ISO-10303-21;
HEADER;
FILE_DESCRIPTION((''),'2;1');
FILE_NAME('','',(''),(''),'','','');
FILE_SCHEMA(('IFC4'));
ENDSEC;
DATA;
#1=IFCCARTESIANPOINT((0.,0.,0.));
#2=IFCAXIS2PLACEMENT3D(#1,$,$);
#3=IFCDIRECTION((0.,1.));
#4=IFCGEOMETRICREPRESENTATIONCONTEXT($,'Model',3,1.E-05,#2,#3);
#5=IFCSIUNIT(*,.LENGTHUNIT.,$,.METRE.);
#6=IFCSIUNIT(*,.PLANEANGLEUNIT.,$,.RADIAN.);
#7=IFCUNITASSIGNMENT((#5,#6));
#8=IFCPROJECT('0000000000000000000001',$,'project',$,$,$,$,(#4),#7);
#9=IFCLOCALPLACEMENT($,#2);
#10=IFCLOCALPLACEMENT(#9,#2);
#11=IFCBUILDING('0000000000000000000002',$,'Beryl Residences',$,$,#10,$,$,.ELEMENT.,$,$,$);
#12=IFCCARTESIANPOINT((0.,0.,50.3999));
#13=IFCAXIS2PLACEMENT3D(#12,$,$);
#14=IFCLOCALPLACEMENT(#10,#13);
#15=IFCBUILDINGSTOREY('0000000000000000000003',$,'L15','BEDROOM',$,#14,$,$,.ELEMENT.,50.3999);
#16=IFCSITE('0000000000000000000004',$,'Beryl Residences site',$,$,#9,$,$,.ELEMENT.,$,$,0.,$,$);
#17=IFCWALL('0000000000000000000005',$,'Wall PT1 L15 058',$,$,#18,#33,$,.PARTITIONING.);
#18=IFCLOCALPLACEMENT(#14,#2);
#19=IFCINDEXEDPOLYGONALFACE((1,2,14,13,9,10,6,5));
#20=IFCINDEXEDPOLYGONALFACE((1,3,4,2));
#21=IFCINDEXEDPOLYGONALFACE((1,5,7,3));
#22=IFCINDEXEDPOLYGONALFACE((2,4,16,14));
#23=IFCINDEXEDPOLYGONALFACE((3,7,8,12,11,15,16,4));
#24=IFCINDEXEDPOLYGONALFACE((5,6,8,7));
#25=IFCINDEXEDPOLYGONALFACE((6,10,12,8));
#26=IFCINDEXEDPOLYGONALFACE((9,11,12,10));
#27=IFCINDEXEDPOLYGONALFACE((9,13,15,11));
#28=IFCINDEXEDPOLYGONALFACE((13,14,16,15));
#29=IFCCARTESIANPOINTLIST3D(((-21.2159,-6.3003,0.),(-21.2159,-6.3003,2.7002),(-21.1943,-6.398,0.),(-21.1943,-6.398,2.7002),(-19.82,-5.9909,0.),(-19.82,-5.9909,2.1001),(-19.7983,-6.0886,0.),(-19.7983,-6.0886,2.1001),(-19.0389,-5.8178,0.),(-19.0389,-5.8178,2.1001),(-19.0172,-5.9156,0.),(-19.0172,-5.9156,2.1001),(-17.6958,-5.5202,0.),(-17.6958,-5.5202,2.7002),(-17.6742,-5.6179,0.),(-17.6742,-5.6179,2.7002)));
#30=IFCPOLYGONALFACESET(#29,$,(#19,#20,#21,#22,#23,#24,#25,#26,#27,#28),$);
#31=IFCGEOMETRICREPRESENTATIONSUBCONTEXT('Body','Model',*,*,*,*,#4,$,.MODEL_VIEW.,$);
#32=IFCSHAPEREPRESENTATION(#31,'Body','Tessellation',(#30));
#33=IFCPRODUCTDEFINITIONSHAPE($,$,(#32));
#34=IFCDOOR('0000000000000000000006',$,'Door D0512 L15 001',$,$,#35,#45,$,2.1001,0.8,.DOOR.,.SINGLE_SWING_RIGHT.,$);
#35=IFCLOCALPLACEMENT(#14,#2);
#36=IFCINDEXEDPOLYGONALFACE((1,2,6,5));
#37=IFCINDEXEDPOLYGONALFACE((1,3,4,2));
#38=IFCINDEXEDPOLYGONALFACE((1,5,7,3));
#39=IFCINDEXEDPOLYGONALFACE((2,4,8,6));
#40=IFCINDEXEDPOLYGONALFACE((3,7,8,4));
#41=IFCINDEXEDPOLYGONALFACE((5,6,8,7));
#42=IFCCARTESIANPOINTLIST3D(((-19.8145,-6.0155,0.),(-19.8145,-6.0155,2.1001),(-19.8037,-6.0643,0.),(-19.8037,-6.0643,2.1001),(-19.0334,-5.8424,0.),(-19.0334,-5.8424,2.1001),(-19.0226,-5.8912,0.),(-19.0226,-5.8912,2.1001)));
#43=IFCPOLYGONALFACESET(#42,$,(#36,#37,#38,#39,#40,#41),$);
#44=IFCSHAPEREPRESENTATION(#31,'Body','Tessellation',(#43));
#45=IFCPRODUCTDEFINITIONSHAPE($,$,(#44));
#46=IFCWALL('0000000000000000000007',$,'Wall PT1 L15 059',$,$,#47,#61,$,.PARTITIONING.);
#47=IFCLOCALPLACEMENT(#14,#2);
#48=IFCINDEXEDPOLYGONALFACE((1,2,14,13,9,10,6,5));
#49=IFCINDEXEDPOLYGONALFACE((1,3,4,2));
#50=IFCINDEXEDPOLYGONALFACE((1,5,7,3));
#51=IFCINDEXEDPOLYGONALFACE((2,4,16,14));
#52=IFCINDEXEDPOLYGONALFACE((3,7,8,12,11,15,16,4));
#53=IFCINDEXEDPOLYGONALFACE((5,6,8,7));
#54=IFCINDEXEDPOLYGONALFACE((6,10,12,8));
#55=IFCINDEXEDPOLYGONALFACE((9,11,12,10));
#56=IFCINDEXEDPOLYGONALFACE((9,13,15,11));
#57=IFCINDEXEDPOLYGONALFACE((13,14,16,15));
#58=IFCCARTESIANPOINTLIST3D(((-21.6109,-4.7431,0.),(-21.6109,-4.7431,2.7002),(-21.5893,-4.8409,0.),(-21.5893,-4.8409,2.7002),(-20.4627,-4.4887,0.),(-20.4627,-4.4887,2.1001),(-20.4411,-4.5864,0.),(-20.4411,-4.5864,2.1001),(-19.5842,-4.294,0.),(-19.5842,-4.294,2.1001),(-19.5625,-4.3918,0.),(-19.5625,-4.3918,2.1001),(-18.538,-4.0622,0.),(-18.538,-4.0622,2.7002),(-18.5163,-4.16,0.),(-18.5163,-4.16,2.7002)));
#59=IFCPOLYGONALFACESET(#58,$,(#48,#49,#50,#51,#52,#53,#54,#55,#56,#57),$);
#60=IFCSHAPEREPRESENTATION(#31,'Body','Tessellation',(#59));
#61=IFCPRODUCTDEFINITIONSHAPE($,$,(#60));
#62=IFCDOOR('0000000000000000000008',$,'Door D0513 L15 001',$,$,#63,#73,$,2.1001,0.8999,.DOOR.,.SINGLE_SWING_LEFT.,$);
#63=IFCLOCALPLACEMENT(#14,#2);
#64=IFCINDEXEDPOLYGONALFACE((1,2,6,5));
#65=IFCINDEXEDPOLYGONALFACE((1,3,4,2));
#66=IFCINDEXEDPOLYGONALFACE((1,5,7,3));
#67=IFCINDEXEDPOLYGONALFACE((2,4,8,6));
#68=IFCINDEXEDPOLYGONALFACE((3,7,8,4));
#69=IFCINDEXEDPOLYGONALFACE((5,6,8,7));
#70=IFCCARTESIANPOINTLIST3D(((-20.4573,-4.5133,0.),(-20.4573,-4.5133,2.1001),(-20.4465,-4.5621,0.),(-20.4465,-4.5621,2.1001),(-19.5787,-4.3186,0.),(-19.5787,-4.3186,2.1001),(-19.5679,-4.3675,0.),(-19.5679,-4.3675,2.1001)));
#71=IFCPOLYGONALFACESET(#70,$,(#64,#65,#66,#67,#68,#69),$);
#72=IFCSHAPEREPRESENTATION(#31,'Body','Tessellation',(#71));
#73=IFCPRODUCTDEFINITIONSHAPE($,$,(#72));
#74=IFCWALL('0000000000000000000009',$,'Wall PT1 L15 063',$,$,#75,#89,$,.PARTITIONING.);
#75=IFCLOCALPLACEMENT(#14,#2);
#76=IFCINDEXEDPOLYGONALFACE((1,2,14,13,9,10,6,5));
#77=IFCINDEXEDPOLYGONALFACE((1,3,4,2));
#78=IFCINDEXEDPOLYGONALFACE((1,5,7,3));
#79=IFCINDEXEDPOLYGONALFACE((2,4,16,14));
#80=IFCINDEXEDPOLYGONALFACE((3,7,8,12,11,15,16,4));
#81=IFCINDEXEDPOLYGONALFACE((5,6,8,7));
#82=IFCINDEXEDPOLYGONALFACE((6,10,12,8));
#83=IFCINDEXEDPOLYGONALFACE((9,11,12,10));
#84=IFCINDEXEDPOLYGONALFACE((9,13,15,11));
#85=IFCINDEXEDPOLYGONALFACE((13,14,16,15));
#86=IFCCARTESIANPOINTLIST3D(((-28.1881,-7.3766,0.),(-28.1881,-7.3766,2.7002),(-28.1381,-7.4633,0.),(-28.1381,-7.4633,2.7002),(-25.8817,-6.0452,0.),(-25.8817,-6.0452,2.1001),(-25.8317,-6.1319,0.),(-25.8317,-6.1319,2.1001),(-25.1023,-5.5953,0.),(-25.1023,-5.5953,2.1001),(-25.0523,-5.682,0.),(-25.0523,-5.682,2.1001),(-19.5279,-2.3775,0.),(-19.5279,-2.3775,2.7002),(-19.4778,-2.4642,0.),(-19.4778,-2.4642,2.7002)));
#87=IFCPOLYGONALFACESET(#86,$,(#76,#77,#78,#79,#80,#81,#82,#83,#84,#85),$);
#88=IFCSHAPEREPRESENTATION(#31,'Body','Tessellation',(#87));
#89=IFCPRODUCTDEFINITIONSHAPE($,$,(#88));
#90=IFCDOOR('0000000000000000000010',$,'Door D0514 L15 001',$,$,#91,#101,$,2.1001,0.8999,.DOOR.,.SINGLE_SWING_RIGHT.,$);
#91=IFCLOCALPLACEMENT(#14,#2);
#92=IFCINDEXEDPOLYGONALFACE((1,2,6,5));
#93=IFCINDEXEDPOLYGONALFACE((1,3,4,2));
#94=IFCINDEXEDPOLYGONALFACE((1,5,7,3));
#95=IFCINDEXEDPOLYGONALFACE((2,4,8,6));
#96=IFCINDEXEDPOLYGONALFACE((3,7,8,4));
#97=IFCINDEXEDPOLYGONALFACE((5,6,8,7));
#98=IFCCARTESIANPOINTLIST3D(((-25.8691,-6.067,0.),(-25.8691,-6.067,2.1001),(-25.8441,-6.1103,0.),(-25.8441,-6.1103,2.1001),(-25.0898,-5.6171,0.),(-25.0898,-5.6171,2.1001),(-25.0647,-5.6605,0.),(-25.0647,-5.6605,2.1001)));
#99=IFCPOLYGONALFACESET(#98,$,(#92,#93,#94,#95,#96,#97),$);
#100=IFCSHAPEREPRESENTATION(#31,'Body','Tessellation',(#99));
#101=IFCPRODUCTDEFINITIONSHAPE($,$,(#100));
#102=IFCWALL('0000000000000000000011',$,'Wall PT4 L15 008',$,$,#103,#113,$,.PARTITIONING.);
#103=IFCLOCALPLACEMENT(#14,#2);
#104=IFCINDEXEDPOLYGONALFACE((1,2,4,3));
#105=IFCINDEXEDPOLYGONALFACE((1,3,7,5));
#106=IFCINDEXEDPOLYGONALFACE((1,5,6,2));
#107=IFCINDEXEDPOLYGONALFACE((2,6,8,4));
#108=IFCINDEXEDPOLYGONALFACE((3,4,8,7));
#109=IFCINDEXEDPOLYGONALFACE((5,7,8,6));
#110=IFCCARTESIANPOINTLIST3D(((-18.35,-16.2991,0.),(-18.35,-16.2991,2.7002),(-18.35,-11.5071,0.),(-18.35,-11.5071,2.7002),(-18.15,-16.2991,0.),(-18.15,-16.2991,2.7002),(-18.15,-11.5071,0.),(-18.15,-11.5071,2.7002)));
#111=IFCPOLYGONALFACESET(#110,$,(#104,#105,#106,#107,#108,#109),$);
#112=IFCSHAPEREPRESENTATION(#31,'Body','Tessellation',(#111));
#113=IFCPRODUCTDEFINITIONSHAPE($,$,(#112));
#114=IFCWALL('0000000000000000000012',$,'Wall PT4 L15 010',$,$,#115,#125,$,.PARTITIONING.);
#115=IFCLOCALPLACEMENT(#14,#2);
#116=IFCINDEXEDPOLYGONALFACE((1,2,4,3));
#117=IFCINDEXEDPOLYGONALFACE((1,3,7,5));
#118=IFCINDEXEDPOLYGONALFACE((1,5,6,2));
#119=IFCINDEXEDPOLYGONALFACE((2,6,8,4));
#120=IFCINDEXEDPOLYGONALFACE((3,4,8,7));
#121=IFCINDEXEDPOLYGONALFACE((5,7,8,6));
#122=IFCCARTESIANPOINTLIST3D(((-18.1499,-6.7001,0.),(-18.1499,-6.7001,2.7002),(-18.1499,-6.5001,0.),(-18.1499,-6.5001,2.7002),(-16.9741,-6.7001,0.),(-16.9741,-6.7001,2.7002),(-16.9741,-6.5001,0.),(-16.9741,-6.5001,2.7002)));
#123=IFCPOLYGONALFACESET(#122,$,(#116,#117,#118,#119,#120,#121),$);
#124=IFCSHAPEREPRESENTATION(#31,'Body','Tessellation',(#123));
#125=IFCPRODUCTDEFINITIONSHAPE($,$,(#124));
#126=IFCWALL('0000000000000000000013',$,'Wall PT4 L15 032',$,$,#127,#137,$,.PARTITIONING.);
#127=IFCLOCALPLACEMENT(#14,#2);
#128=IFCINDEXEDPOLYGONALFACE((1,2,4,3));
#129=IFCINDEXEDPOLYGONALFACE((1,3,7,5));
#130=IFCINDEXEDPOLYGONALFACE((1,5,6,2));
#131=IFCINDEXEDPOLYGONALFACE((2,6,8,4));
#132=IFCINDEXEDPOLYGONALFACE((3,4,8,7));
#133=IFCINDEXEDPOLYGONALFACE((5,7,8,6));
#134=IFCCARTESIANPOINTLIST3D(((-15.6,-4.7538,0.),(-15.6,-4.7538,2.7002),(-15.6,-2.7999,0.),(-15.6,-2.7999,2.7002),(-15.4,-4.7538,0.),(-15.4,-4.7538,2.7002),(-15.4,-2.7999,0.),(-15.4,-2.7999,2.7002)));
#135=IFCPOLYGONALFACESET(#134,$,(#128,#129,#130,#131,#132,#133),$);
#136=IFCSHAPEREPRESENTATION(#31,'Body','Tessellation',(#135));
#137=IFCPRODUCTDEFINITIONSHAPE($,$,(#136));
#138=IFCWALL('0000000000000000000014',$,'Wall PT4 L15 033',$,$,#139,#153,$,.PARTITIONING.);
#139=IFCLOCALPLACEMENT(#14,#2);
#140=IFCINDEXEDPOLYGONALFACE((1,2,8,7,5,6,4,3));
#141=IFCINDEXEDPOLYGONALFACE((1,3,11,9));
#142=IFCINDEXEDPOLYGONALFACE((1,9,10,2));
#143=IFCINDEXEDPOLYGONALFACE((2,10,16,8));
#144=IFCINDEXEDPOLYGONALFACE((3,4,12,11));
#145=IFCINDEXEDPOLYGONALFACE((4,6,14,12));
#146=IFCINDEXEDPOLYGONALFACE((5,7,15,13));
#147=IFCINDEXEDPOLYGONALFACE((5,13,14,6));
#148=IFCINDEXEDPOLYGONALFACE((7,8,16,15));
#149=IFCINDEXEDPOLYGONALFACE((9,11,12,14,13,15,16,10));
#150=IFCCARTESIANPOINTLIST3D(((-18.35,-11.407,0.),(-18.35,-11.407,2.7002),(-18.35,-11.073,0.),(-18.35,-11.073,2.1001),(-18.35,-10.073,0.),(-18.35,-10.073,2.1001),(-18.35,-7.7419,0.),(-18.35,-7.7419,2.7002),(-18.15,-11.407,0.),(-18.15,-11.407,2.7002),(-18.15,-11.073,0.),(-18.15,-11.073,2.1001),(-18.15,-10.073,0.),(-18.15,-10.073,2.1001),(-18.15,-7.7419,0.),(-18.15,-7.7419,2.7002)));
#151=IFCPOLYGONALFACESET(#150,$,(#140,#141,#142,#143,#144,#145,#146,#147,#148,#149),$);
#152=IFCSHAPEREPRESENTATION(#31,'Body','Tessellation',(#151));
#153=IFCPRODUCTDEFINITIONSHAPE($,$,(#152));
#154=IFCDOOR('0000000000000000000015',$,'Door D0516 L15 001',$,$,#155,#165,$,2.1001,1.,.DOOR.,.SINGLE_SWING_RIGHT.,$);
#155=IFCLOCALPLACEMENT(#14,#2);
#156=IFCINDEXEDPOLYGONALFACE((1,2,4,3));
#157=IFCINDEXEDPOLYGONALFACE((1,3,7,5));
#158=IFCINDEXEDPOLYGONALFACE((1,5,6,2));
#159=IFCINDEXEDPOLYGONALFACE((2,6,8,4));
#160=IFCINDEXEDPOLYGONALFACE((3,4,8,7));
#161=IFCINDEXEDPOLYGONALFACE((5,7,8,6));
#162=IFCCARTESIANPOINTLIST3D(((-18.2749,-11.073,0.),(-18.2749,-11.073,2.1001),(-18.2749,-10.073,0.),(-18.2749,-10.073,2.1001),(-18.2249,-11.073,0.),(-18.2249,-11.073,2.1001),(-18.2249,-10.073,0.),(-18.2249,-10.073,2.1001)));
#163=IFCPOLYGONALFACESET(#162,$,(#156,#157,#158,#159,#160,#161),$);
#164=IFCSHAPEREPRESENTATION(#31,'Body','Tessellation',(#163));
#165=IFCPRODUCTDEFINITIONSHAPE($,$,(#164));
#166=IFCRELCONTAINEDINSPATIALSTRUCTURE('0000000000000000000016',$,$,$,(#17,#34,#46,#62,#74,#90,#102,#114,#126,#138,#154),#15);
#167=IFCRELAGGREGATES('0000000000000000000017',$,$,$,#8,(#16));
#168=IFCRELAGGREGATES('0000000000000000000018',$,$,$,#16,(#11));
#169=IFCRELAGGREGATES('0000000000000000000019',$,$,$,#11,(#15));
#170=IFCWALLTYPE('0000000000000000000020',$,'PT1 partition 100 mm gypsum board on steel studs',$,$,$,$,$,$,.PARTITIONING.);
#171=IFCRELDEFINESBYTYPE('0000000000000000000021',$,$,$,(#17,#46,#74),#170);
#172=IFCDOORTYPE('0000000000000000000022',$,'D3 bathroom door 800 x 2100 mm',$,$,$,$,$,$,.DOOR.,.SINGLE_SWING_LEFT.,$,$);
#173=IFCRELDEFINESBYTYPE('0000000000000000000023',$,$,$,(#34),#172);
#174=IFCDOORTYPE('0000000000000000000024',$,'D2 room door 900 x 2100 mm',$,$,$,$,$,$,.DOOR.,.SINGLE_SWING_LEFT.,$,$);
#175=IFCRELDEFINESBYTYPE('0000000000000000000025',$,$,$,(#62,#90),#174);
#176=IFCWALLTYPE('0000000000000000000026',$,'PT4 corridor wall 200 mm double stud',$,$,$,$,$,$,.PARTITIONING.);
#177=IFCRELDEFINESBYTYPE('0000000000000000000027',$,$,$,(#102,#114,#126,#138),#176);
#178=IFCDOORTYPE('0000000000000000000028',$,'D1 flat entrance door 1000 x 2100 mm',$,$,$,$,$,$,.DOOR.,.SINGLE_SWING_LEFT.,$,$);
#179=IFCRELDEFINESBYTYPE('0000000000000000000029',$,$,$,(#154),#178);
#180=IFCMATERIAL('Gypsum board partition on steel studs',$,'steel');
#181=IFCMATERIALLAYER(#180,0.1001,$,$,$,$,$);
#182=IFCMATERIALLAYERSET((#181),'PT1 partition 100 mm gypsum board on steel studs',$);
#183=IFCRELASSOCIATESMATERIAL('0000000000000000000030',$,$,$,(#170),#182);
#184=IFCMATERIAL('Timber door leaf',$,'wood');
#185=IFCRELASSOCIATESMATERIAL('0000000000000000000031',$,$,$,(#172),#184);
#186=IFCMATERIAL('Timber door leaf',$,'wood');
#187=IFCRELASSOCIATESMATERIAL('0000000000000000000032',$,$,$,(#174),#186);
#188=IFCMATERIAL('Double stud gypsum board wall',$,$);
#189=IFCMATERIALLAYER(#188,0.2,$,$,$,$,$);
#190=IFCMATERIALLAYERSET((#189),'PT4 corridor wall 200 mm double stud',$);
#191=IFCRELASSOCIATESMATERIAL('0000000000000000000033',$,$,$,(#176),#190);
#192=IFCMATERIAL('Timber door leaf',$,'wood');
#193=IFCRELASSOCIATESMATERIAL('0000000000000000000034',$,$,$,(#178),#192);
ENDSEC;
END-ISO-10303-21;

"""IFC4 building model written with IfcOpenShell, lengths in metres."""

from ifc_helpers import new_model, si_unit, direction, frame, frame_2d, origin, place, context, subcontext, project, spatial, rectangle, extrude, material, layer, layer_set, type_object, element, fill, save


model = new_model("IFC4")

# Units and contexts
model_context = context("Model", 3, precision=1e-05, world=origin(), true_north=direction((0.0, 1.0)))
body_context = subcontext(model_context, "Body", "Model", "MODEL_VIEW")
ifc_project = project(units=[si_unit("LENGTHUNIT", "METRE"), si_unit("PLANEANGLEUNIT", "RADIAN")], contexts=[model_context])

# Site, building, storey
site_placement = place(None, origin())
site = spatial("IfcSite", under=ifc_project, at=site_placement, Name="Beryl Residences site", CompositionType="ELEMENT", RefElevation=0.0)
building_placement = place(site_placement, origin())
building = spatial("IfcBuilding", under=site, at=building_placement, Name="Beryl Residences", CompositionType="ELEMENT")
storey_placement = place(building_placement, frame((0.0, 0.0, 50.3999)))
storey = spatial("IfcBuildingStorey", under=building, at=storey_placement, Name="L15", Description="BEDROOM", CompositionType="ELEMENT", Elevation=50.3999)

# Shared definitions
ifc_material_1 = material(Name="Gypsum board partition on steel studs", Category="steel")
ifc_layer_1 = layer(ifc_material_1, 0.1001)
ifc_layer_set_1 = layer_set([ifc_layer_1], Name="PT1 partition 100 mm gypsum board on steel studs")
wall_type_1 = type_object("IfcWallType", Name="PT1 partition 100 mm gypsum board on steel studs", PredefinedType="PARTITIONING", material=ifc_layer_set_1)

# Shared definitions
ifc_material_2 = material(Name="Timber door leaf", Category="wood")
door_type_1 = type_object("IfcDoorType", Name="D3 bathroom door 800 x 2100 mm", OperationType="SINGLE_SWING_LEFT", PredefinedType="DOOR", material=ifc_material_2)
ifc_material_3 = material(Name="Timber door leaf", Category="wood")
door_type_2 = type_object("IfcDoorType", Name="D2 room door 900 x 2100 mm", OperationType="SINGLE_SWING_LEFT", PredefinedType="DOOR", material=ifc_material_3)

# Walls, openings, doors
wall_1_placement = place(storey_placement, frame((-21.2051, -6.3491, 0.0), z_axis=(0.0, 0.0, 1.0), x_axis=(0.976316, 0.21635, 0.0)))
wall_1 = element("IfcWall", 1, at=wall_1_placement, inside=storey, type_object=wall_type_1, Name="Wall PT1 L15 058", PredefinedType="PARTITIONING", context=body_context, shape_type="SweptSolid", body=[
    extrude(rectangle(XDim=3.6055, YDim=0.1001, at=frame_2d((1.8027, 0.0))), origin(), (0.0, 0.0, 1.0), 2.7002),
])
opening_1_placement = place(wall_1_placement, frame((1.4299, 0.0, 0.0)))
opening_1 = element("IfcOpeningElement", 2, at=opening_1_placement, cuts=wall_1, PredefinedType="OPENING", context=body_context, shape_type="SweptSolid", body=[
    extrude(rectangle(XDim=0.8, YDim=2.1001, at=frame_2d((0.3999, 1.05))), frame((0.0, 0.0601, 0.0), z_axis=(0.0, -1.0, 0.0), x_axis=(1.0, 0.0, 0.0)), (0.0, 0.0, 1.0), 0.1201),
])
door_1_placement = place(opening_1_placement, origin())
door_1 = element("IfcDoor", 3, at=door_1_placement, inside=storey, type_object=door_type_1, Name="Door D0512 L15 001", OperationType="SINGLE_SWING_RIGHT", OverallHeight=2.1001, OverallWidth=0.8, PredefinedType="DOOR", context=body_context, shape_type="SweptSolid", body=[
    extrude(rectangle(XDim=0.8, YDim=2.1001, at=frame_2d((0.3999, 1.05))), frame((0.0, 0.0249, 0.0), z_axis=(0.0, -1.0, 0.0), x_axis=(1.0, 0.0, 0.0)), (0.0, 0.0, 1.0), 0.05),
])
fill(opening_1, door_1)
wall_2_placement = place(storey_placement, frame((-21.6001, -4.792, 0.0), z_axis=(0.0, 0.0, 1.0), x_axis=(0.97632, 0.216331, 0.0)))
wall_2 = element("IfcWall", 4, at=wall_2_placement, inside=storey, type_object=wall_type_1, Name="Wall PT1 L15 059", PredefinedType="PARTITIONING", context=body_context, shape_type="SweptSolid", body=[
    extrude(rectangle(XDim=3.1475, YDim=0.1001, at=frame_2d((1.5737, 0.0))), origin(), (0.0, 0.0, 1.0), 2.7002),
])
opening_2_placement = place(wall_2_placement, frame((1.176, 0.0, 0.0)))
opening_2 = element("IfcOpeningElement", 5, at=opening_2_placement, cuts=wall_2, PredefinedType="OPENING", context=body_context, shape_type="SweptSolid", body=[
    extrude(rectangle(XDim=0.8999, YDim=2.1001, at=frame_2d((0.45, 1.05))), frame((0.0, 0.0601, 0.0), z_axis=(0.0, -1.0, 0.0), x_axis=(1.0, 0.0, 0.0)), (0.0, 0.0, 1.0), 0.1201),
])
door_2_placement = place(opening_2_placement, origin())
door_2 = element("IfcDoor", 6, at=door_2_placement, inside=storey, type_object=door_type_2, Name="Door D0513 L15 001", OperationType="SINGLE_SWING_LEFT", OverallHeight=2.1001, OverallWidth=0.8999, PredefinedType="DOOR", context=body_context, shape_type="SweptSolid", body=[
    extrude(rectangle(XDim=0.8999, YDim=2.1001, at=frame_2d((0.45, 1.05))), frame((0.0, 0.0249, 0.0), z_axis=(0.0, -1.0, 0.0), x_axis=(1.0, 0.0, 0.0)), (0.0, 0.0, 1.0), 0.05),
])
fill(opening_2, door_2)
wall_3_placement = place(storey_placement, frame((-28.1631, -7.4199, 0.0), z_axis=(0.0, 0.0, 1.0), x_axis=(0.866065, 0.499931, 0.0)))
wall_3 = element("IfcWall", 7, at=wall_3_placement, inside=storey, type_object=wall_type_1, Name="Wall PT1 L15 063", PredefinedType="PARTITIONING", context=body_context, shape_type="SweptSolid", body=[
    extrude(rectangle(XDim=9.9995, YDim=0.1001, at=frame_2d((4.9998, 0.0))), origin(), (0.0, 0.0, 1.0), 2.7002),
])
opening_3_placement = place(wall_3_placement, frame((2.6631, 0.0, 0.0)))
opening_3 = element("IfcOpeningElement", 8, at=opening_3_placement, cuts=wall_3, PredefinedType="OPENING", context=body_context, shape_type="SweptSolid", body=[
    extrude(rectangle(XDim=0.8999, YDim=2.1001, at=frame_2d((0.45, 1.05))), frame((0.0, 0.0601, 0.0), z_axis=(0.0, -1.0, 0.0), x_axis=(1.0, 0.0, 0.0)), (0.0, 0.0, 1.0), 0.1201),
])
door_3_placement = place(opening_3_placement, origin())
door_3 = element("IfcDoor", 9, at=door_3_placement, inside=storey, type_object=door_type_2, Name="Door D0514 L15 001", OperationType="SINGLE_SWING_RIGHT", OverallHeight=2.1001, OverallWidth=0.8999, PredefinedType="DOOR", context=body_context, shape_type="SweptSolid", body=[
    extrude(rectangle(XDim=0.8999, YDim=2.1001, at=frame_2d((0.45, 1.05))), frame((0.0, 0.0249, 0.0), z_axis=(0.0, -1.0, 0.0), x_axis=(1.0, 0.0, 0.0)), (0.0, 0.0, 1.0), 0.05),
])
fill(opening_3, door_3)

# Walls
ifc_material_4 = material(Name="Double stud gypsum board wall")
ifc_layer_2 = layer(ifc_material_4, 0.2)
ifc_layer_set_2 = layer_set([ifc_layer_2], Name="PT4 corridor wall 200 mm double stud")
wall_type_2 = type_object("IfcWallType", Name="PT4 corridor wall 200 mm double stud", PredefinedType="PARTITIONING", material=ifc_layer_set_2)
wall_4_placement = place(storey_placement, frame((-18.25, -11.5071, 0.0), z_axis=(0.0, 0.0, 1.0), x_axis=(0.0, -1.0, 0.0)))
element("IfcWall", 10, at=wall_4_placement, inside=storey, type_object=wall_type_2, Name="Wall PT4 L15 008", PredefinedType="PARTITIONING", context=body_context, shape_type="SweptSolid", body=[
    extrude(rectangle(XDim=4.792, YDim=0.2, at=frame_2d((2.396, 0.0))), origin(), (0.0, 0.0, 1.0), 2.7002),
])
wall_5_placement = place(storey_placement, frame((-18.1499, -6.6001, 0.0), z_axis=(0.0, 0.0, 1.0), x_axis=(1.0, 0.0, 0.0)))
element("IfcWall", 11, at=wall_5_placement, inside=storey, type_object=wall_type_2, Name="Wall PT4 L15 010", PredefinedType="PARTITIONING", context=body_context, shape_type="SweptSolid", body=[
    extrude(rectangle(XDim=1.1758, YDim=0.2, at=frame_2d((0.5879, 0.0))), origin(), (0.0, 0.0, 1.0), 2.7002),
])
wall_6_placement = place(storey_placement, frame((-15.5, -4.7539, 0.0), z_axis=(0.0, 0.0, 1.0), x_axis=(0.0, 1.0, 0.0)))
element("IfcWall", 12, at=wall_6_placement, inside=storey, type_object=wall_type_2, Name="Wall PT4 L15 032", PredefinedType="PARTITIONING", context=body_context, shape_type="SweptSolid", body=[
    extrude(rectangle(XDim=1.9539, YDim=0.2, at=frame_2d((0.9771, 0.0))), origin(), (0.0, 0.0, 1.0), 2.7002),
])

# Wall, opening, door
wall_7_placement = place(storey_placement, frame((-18.25, -11.407, 0.0), z_axis=(0.0, 0.0, 1.0), x_axis=(0.0, 1.0, 0.0)))
wall_7 = element("IfcWall", 13, at=wall_7_placement, inside=storey, type_object=wall_type_2, Name="Wall PT4 L15 033", PredefinedType="PARTITIONING", context=body_context, shape_type="SweptSolid", body=[
    extrude(rectangle(XDim=3.665, YDim=0.2, at=frame_2d((1.8325, 0.0))), origin(), (0.0, 0.0, 1.0), 2.7002),
])
opening_4_placement = place(wall_7_placement, frame((0.334, 0.0, 0.0)))
opening_4 = element("IfcOpeningElement", 14, at=opening_4_placement, cuts=wall_7, PredefinedType="OPENING", context=body_context, shape_type="SweptSolid", body=[
    extrude(rectangle(XDim=1.0, YDim=2.1001, at=frame_2d((0.5, 1.05))), frame((0.0, 0.1099, 0.0), z_axis=(0.0, -1.0, 0.0), x_axis=(1.0, 0.0, 0.0)), (0.0, 0.0, 1.0), 0.22),
])
ifc_material_5 = material(Name="Timber door leaf", Category="wood")
door_type_3 = type_object("IfcDoorType", Name="D1 flat entrance door 1000 x 2100 mm", OperationType="SINGLE_SWING_LEFT", PredefinedType="DOOR", material=ifc_material_5)
door_4_placement = place(opening_4_placement, origin())
door_4 = element("IfcDoor", 15, at=door_4_placement, inside=storey, type_object=door_type_3, Name="Door D0516 L15 001", OperationType="SINGLE_SWING_RIGHT", OverallHeight=2.1001, OverallWidth=1.0, PredefinedType="DOOR", context=body_context, shape_type="SweptSolid", body=[
    extrude(rectangle(XDim=1.0, YDim=2.1001, at=frame_2d((0.5, 1.05))), frame((0.0, 0.0249, 0.0), z_axis=(0.0, -1.0, 0.0), x_axis=(1.0, 0.0, 0.0)), (0.0, 0.0, 1.0), 0.05),
])
fill(opening_4, door_4)

save(model, "model.ifc")
